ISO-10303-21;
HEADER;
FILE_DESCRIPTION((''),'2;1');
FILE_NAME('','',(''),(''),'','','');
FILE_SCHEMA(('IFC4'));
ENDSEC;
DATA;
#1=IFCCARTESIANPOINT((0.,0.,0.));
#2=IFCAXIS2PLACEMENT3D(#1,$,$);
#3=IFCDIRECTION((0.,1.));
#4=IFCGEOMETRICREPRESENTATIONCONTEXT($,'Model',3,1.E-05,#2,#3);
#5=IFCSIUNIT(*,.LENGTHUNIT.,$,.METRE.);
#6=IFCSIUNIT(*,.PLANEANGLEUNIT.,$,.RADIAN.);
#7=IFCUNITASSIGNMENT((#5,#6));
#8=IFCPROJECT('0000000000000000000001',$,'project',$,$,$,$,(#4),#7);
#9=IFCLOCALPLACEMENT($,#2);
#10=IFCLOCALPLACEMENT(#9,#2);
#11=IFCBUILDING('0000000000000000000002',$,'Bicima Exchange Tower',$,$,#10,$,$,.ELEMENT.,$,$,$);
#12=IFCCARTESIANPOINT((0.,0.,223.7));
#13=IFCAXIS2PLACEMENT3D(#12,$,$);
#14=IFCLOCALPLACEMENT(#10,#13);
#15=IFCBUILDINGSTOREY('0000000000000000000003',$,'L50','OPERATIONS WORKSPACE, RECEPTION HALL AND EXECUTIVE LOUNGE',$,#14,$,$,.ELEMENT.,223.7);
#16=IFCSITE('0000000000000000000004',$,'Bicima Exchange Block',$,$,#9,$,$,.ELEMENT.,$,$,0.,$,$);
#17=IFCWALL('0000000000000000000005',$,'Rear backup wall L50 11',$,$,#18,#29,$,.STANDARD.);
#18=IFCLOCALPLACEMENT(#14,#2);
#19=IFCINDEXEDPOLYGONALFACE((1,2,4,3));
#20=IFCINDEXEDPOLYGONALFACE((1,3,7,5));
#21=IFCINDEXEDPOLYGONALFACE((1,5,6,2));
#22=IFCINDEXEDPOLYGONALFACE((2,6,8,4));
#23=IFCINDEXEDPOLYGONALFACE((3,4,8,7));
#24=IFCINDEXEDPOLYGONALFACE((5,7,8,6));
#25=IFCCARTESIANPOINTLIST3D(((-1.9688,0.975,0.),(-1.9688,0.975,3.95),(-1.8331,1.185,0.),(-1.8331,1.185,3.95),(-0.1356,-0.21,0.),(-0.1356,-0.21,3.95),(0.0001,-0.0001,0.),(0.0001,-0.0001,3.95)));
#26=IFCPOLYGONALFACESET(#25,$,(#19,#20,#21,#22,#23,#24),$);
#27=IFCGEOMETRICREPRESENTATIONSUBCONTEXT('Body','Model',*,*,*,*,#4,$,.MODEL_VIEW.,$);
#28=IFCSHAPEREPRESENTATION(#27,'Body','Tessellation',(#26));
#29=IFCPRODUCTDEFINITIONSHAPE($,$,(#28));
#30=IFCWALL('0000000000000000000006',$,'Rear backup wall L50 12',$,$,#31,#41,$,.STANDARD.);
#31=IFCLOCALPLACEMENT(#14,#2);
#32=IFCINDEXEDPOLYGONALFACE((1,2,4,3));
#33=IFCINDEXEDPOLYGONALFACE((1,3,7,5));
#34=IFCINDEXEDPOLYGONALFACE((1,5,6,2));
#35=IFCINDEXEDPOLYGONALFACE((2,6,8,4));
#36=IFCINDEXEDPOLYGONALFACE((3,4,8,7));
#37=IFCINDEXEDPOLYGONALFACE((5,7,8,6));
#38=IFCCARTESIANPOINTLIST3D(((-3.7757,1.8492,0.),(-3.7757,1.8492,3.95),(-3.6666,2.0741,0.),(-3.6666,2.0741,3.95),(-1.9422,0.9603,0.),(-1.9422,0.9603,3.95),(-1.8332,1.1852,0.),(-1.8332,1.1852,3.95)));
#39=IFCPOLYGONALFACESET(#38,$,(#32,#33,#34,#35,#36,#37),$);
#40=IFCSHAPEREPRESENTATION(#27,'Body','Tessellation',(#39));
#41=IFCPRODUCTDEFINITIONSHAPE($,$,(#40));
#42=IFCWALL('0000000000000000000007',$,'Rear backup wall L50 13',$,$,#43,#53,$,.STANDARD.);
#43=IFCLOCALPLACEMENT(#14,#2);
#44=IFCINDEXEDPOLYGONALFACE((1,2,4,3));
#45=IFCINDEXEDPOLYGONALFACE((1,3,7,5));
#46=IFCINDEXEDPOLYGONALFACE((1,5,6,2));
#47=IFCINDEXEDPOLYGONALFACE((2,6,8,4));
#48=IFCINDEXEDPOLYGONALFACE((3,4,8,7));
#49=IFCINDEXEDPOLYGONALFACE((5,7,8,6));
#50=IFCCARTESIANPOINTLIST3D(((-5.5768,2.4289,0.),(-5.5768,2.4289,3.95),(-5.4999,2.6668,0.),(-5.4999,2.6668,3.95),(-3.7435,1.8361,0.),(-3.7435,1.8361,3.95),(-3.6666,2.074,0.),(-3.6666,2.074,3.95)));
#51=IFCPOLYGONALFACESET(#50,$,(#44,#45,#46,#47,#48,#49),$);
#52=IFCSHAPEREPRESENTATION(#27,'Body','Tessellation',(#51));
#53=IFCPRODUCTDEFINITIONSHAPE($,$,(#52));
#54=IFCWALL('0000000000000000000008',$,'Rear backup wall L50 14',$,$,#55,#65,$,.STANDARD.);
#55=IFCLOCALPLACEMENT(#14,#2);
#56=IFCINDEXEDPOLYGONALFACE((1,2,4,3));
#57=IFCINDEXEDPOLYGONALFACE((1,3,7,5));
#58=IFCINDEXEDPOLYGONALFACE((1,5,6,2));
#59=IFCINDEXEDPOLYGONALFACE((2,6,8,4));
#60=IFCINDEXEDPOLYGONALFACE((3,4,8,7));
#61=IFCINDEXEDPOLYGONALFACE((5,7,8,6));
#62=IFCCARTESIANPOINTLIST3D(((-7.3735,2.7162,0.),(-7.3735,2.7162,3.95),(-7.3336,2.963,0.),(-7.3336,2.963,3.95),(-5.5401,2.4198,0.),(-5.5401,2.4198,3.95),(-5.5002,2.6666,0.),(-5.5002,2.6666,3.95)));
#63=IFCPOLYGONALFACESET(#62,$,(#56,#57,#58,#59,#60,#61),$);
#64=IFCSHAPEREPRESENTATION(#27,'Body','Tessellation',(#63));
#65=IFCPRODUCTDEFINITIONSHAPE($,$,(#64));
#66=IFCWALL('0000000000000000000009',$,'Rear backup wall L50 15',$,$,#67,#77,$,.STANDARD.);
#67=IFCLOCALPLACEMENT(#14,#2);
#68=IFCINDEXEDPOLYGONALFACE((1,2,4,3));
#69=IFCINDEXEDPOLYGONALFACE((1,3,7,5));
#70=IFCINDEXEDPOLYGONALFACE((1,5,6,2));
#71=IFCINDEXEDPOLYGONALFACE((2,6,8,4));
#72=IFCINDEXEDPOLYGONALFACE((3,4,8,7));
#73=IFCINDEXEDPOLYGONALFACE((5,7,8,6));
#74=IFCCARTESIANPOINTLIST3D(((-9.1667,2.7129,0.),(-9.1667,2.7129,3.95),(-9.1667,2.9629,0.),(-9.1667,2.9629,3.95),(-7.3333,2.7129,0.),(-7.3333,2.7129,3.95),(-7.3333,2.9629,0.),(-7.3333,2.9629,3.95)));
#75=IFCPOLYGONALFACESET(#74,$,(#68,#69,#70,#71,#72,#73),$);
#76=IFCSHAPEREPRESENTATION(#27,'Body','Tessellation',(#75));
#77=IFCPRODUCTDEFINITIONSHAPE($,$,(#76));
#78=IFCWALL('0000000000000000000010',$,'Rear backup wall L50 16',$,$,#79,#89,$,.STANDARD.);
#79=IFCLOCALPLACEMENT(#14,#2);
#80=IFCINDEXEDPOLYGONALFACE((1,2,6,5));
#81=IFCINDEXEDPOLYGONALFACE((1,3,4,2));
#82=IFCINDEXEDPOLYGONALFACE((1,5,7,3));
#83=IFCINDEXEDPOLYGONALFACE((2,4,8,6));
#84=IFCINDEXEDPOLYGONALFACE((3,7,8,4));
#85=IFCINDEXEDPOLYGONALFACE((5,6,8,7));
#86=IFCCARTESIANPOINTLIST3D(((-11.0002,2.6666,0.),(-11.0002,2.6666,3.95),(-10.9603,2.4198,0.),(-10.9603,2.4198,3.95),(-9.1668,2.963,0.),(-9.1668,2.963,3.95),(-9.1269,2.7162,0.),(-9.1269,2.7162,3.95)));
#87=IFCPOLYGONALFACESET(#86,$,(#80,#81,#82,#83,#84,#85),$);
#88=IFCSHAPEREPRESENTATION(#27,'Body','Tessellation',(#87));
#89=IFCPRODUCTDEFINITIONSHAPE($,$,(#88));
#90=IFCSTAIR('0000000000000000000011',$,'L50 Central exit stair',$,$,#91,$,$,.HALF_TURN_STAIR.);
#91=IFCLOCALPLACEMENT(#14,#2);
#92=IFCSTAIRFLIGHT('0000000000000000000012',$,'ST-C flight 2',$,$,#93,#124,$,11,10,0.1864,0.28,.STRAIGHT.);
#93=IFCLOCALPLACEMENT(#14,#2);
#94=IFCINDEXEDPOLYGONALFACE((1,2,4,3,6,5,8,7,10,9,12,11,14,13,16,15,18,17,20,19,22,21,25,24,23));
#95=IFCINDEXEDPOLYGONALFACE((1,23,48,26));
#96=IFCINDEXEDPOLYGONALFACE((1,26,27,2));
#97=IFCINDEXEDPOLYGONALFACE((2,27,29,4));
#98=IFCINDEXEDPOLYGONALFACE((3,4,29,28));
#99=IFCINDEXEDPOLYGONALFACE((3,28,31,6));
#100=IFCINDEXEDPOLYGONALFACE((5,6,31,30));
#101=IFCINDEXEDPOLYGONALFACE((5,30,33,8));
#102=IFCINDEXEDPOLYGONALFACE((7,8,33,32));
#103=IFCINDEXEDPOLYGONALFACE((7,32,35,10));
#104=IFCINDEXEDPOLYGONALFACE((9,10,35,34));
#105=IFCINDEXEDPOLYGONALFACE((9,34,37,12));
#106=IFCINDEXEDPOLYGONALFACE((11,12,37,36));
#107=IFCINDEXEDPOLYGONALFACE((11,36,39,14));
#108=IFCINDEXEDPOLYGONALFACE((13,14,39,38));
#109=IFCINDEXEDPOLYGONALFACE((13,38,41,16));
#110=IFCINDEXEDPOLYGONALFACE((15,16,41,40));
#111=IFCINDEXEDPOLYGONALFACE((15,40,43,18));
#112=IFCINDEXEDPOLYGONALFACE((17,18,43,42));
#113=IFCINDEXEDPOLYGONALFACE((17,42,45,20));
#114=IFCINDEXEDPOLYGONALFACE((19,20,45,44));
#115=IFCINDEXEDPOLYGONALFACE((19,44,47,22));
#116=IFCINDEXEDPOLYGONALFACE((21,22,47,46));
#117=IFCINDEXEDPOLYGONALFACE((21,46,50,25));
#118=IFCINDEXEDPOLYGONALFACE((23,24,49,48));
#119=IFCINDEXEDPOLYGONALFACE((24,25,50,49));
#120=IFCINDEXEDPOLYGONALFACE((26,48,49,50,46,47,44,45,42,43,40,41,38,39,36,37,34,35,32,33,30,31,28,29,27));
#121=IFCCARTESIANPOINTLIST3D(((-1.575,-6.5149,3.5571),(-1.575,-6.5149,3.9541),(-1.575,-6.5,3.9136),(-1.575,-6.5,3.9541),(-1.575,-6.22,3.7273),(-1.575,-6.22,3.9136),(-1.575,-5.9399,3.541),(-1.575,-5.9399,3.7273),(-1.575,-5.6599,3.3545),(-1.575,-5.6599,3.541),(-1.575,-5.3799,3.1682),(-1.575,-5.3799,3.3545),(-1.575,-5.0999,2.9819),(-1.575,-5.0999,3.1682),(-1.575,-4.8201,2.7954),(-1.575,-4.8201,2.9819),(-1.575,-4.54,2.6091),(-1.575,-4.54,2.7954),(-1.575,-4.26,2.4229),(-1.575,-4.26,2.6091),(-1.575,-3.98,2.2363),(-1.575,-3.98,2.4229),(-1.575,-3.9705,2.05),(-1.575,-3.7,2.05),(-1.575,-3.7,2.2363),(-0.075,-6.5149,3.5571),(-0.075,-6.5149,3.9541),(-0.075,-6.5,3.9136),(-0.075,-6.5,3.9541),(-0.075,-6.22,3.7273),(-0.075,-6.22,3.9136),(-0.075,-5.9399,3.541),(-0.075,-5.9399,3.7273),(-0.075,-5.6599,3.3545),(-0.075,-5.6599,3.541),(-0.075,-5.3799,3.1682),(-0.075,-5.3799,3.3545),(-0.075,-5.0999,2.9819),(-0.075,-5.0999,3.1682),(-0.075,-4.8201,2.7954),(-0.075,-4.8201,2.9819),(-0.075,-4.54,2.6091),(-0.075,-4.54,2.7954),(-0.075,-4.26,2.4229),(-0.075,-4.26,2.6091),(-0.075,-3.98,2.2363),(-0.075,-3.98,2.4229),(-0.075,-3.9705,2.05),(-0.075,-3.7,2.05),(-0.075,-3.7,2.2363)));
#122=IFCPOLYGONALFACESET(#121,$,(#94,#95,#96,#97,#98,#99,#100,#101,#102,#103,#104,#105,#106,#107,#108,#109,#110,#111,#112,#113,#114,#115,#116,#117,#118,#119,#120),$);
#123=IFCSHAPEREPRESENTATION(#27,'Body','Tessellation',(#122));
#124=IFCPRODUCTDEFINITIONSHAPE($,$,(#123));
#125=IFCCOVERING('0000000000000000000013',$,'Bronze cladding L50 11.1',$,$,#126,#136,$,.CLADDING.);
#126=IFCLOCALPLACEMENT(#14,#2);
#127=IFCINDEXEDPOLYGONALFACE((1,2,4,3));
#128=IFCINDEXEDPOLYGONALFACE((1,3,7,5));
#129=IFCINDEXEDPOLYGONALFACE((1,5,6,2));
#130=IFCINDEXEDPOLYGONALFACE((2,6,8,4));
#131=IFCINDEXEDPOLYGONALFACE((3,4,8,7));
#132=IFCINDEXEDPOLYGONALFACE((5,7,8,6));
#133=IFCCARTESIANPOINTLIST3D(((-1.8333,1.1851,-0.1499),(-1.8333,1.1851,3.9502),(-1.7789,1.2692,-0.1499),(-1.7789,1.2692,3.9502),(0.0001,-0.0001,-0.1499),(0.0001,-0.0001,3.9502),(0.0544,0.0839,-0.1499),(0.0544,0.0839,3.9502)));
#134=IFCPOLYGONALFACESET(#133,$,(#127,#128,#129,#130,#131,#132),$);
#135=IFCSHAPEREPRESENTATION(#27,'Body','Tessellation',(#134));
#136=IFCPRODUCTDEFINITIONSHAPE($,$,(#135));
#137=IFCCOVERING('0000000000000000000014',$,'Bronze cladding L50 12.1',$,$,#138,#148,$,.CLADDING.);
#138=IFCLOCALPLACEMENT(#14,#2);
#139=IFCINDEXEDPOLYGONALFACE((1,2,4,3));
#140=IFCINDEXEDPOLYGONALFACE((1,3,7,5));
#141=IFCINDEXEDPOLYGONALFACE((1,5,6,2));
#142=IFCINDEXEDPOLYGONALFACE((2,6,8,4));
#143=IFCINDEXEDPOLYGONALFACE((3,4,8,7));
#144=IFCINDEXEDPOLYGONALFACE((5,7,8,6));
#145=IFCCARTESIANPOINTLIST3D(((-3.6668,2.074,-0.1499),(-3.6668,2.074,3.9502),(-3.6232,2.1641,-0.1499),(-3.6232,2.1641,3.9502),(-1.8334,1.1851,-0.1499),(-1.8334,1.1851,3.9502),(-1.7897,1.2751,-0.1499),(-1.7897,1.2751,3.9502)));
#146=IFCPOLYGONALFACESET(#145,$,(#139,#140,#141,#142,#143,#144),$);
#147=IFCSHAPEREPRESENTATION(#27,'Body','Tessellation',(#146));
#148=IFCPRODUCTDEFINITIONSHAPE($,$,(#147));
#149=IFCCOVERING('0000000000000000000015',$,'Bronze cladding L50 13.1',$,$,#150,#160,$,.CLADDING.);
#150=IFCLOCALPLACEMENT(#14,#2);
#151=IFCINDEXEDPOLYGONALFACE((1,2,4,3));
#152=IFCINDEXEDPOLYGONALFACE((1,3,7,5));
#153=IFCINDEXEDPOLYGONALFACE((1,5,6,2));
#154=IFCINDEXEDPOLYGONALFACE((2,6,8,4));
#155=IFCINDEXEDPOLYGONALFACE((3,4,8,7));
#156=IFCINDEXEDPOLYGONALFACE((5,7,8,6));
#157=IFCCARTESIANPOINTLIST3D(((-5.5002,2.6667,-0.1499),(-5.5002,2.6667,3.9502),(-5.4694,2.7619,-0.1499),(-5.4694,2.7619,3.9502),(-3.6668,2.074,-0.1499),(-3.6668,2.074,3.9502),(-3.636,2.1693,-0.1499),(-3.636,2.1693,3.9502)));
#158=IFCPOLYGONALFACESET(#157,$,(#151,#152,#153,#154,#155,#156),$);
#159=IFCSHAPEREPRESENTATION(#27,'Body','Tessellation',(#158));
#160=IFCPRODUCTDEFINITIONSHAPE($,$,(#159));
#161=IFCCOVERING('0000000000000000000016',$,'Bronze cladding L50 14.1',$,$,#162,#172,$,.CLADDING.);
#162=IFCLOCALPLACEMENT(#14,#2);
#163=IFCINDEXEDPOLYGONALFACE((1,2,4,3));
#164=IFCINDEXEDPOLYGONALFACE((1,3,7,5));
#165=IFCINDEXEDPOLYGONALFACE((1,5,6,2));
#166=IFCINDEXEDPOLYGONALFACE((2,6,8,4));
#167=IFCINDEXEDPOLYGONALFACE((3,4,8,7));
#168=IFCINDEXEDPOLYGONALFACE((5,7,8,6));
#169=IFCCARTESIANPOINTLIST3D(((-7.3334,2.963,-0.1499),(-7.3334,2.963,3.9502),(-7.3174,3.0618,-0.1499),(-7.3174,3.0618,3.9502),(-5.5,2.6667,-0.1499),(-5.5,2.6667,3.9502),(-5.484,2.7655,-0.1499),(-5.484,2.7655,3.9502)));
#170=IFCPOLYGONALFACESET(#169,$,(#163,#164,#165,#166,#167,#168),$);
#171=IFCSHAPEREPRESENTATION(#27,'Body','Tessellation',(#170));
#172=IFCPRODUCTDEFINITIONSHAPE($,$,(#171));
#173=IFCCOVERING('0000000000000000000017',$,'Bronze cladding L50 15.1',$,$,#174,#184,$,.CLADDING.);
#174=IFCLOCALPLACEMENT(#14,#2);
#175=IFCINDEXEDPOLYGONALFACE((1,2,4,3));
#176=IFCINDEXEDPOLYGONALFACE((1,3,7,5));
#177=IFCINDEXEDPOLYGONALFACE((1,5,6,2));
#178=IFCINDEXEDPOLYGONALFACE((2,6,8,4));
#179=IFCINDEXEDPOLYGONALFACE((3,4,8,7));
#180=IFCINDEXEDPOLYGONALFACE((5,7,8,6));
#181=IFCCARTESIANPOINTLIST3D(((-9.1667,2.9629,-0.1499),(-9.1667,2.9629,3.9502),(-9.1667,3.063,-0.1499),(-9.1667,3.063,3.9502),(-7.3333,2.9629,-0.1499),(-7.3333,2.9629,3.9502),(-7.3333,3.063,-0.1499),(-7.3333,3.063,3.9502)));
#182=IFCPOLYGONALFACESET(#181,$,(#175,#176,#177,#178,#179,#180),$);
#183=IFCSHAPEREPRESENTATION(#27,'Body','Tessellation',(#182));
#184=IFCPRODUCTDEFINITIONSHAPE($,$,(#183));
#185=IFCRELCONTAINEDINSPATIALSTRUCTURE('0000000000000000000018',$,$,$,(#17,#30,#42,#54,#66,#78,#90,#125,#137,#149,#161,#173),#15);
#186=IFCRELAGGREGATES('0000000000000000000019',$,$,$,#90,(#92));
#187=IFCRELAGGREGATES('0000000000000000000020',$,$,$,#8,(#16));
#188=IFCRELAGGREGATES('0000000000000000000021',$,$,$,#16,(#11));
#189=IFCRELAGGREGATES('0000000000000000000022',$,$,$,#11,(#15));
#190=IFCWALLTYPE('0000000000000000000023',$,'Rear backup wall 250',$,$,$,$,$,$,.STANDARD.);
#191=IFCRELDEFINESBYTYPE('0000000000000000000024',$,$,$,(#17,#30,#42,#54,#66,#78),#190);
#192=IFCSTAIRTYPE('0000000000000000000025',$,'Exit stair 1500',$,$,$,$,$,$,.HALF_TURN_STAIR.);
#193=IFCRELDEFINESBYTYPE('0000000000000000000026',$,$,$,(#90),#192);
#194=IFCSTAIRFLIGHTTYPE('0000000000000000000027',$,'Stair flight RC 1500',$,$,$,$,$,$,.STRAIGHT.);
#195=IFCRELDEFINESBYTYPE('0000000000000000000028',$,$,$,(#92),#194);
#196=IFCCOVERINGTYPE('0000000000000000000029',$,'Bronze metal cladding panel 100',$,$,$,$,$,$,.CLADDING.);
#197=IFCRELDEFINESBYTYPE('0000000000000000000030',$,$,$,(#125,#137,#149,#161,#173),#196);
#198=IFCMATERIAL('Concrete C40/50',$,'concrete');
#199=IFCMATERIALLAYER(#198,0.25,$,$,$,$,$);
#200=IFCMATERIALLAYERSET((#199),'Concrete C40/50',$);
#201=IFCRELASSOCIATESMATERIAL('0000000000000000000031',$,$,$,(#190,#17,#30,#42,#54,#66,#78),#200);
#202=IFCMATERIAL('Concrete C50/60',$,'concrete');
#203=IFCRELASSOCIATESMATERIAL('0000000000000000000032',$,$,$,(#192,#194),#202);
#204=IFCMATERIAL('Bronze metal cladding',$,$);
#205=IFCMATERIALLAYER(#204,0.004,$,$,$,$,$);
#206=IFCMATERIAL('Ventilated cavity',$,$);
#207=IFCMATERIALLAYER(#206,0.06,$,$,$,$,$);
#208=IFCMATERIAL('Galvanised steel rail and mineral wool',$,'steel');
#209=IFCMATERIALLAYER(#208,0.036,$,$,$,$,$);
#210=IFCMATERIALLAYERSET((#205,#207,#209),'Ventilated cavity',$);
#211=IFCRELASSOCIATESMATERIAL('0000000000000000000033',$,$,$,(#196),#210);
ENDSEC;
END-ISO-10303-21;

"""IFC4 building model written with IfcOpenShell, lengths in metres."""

from ifc_helpers import new_model, si_unit, direction, frame, frame_2d, origin, origin_2d, place, context, subcontext, project, spatial, polyline, rectangle, outline, extrude, material, layer, layer_set, layer_usage, type_object, element, aggregate, save


model = new_model("IFC4")

# Units and contexts
model_context = context("Model", 3, precision=1e-05, world=origin(), true_north=direction((0.0, 1.0)))
body_context = subcontext(model_context, "Body", "Model", "MODEL_VIEW")
ifc_project = project(units=[si_unit("LENGTHUNIT", "METRE"), si_unit("PLANEANGLEUNIT", "RADIAN")], contexts=[model_context])

# Site, building, storey
site_placement = place(None, origin())
site = spatial("IfcSite", under=ifc_project, at=site_placement, Name="Bicima Exchange Block", CompositionType="ELEMENT", RefElevation=0.0)
building_placement = place(site_placement, origin())
building = spatial("IfcBuilding", under=site, at=building_placement, Name="Bicima Exchange Tower", CompositionType="ELEMENT")
storey_placement = place(building_placement, frame((0.0, 0.0, 223.7)))
storey = spatial("IfcBuildingStorey", under=building, at=storey_placement, Name="L50", Description="OPERATIONS WORKSPACE, RECEPTION HALL AND EXECUTIVE LOUNGE", CompositionType="ELEMENT", Elevation=223.7)

# Shared definitions
ifc_material_1 = material(Name="Concrete C50/60", Category="concrete")

# Walls
ifc_material_2 = material(Name="Concrete C40/50", Category="concrete")
ifc_layer_1 = layer(ifc_material_2, 0.25)
ifc_layer_set_1 = layer_set([ifc_layer_1], Name="Concrete C40/50")
ifc_layer_usage = layer_usage(ifc_layer_set_1, "AXIS2", "POSITIVE", -0.125)
wall_type_1 = type_object("IfcWallType", Name="Rear backup wall 250", PredefinedType="STANDARD", material=ifc_layer_set_1)
wall_1_placement = place(storey_placement, frame((-0.0679, -0.105, 0.0), z_axis=(0.0, 0.0, 1.0), x_axis=(-0.839813, 0.542876, 0.0)))
element("IfcWall", 1, at=wall_1_placement, inside=storey, type_object=wall_type_1, material=ifc_layer_usage, Name="Rear backup wall L50 11", PredefinedType="STANDARD", context=body_context, shape_type="SweptSolid", body=[
    extrude(rectangle(XDim=2.1829, YDim=0.25, at=frame_2d((1.0913, 0.0))), origin(), (0.0, 0.0, 1.0), 3.95),
])
wall_2_placement = place(storey_placement, frame((-1.8877, 1.0728, 0.0), z_axis=(0.0, 0.0, 1.0), x_axis=(-0.899824, 0.436253, 0.0)))
element("IfcWall", 2, at=wall_2_placement, inside=storey, type_object=wall_type_1, material=ifc_layer_usage, Name="Rear backup wall L50 12", PredefinedType="STANDARD", context=body_context, shape_type="SweptSolid", body=[
    extrude(rectangle(XDim=2.0376, YDim=0.25, at=frame_2d((1.0188, 0.0))), origin(), (0.0, 0.0, 1.0), 3.95),
])
wall_3_placement = place(storey_placement, frame((-3.7051, 1.9551, 0.0), z_axis=(0.0, 0.0, 1.0), x_axis=(-0.951496, 0.307662, 0.0)))
element("IfcWall", 3, at=wall_3_placement, inside=storey, type_object=wall_type_1, material=ifc_layer_usage, Name="Rear backup wall L50 13", PredefinedType="STANDARD", context=body_context, shape_type="SweptSolid", body=[
    extrude(rectangle(XDim=1.9268, YDim=0.25, at=frame_2d((0.9634, 0.0))), origin(), (0.0, 0.0, 1.0), 3.95),
])
wall_4_placement = place(storey_placement, frame((-5.52, 2.5432, 0.0), z_axis=(0.0, 0.0, 1.0), x_axis=(-0.987182, 0.1596, 0.0)))
element("IfcWall", 4, at=wall_4_placement, inside=storey, type_object=wall_type_1, material=ifc_layer_usage, Name="Rear backup wall L50 14", PredefinedType="STANDARD", context=body_context, shape_type="SweptSolid", body=[
    extrude(rectangle(XDim=1.8572, YDim=0.25, at=frame_2d((0.9287, 0.0))), origin(), (0.0, 0.0, 1.0), 3.95),
])
wall_5_placement = place(storey_placement, frame((-7.3333, 2.8379, 0.0), z_axis=(0.0, 0.0, 1.0), x_axis=(-1.0, 0.0, 0.0)))
element("IfcWall", 5, at=wall_5_placement, inside=storey, type_object=wall_type_1, material=ifc_layer_usage, Name="Rear backup wall L50 15", PredefinedType="STANDARD", context=body_context, shape_type="SweptSolid", body=[
    extrude(rectangle(XDim=1.8335, YDim=0.25, at=frame_2d((0.9167, 0.0))), origin(), (0.0, 0.0, 1.0), 3.95),
])
wall_6_placement = place(storey_placement, frame((-9.1467, 2.8396, 0.0), z_axis=(0.0, 0.0, 1.0), x_axis=(-0.987182, -0.1596, 0.0)))
element("IfcWall", 6, at=wall_6_placement, inside=storey, type_object=wall_type_1, material=ifc_layer_usage, Name="Rear backup wall L50 16", PredefinedType="STANDARD", context=body_context, shape_type="SweptSolid", body=[
    extrude(rectangle(XDim=1.8572, YDim=0.25, at=frame_2d((0.9287, 0.0))), origin(), (0.0, 0.0, 1.0), 3.95),
])

# Stair, stair flight
stair_type = type_object("IfcStairType", Name="Exit stair 1500", PredefinedType="HALF_TURN_STAIR", material=ifc_material_1)
stair_placement = place(storey_placement, origin())
stair = element("IfcStair", 7, at=stair_placement, inside=storey, type_object=stair_type, Name="L50 Central exit stair", PredefinedType="HALF_TURN_STAIR")
stair_flight_type = type_object("IfcStairFlightType", Name="Stair flight RC 1500", PredefinedType="STRAIGHT", material=ifc_material_1)
stair_flight_placement = place(storey_placement, frame((-0.825, -3.7, 2.05), z_axis=(0.0, 0.0, 1.0), x_axis=(0.0, -1.0, 0.0)))
stair_flight = element("IfcStairFlight", 8, at=stair_flight_placement, type_object=stair_flight_type, Name="ST-C flight 2", NumberOfRisers=11, NumberOfTreads=10, PredefinedType="STRAIGHT", RiserHeight=0.1864, TreadLength=0.28, context=body_context, shape_type="SweptSolid", body=[
    extrude(outline(polyline([(0.0, 0.0), (0.0, 0.1863), (0.28, 0.1863), (0.28, 0.3728), (0.5601, 0.3728), (0.5601, 0.5591), (0.8401, 0.5591), (0.8401, 0.7454), (1.1201, 0.7454), (1.1201, 0.9319), (1.3999, 0.9319), (1.3999, 1.1182), (1.6799, 1.1182), (1.6799, 1.3044), (1.96, 1.3044), (1.96, 1.491), (2.24, 1.491), (2.24, 1.6772), (2.52, 1.6772), (2.52, 1.8635), (2.8, 1.8635), (2.8, 1.9041), (2.8149, 1.9041), (2.8149, 1.5071), (0.2705, 0.0), (0.0, 0.0)])), frame((0.0, 0.75, 0.0), z_axis=(0.0, -1.0, 0.0), x_axis=(1.0, 0.0, 0.0)), (0.0, 0.0, 1.0), 1.5),
])
aggregate(stair, [stair_flight])

# Coverings
ifc_material_3 = material(Name="Bronze metal cladding")
ifc_layer_2 = layer(ifc_material_3, 0.004)
ifc_material_4 = material(Name="Ventilated cavity")
ifc_layer_3 = layer(ifc_material_4, 0.06)
ifc_material_5 = material(Name="Galvanised steel rail and mineral wool", Category="steel")
ifc_layer_4 = layer(ifc_material_5, 0.036)
ifc_layer_set_2 = layer_set([ifc_layer_2, ifc_layer_3, ifc_layer_4], Name="Ventilated cavity")
covering_type = type_object("IfcCoveringType", Name="Bronze metal cladding panel 100", PredefinedType="CLADDING", material=ifc_layer_set_2)
covering_1_placement = place(storey_placement, frame((-0.8894, 0.6345, -0.1499), z_axis=(0.0, 0.0, 1.0), x_axis=(-0.83979, 0.542911, 0.0)))
element("IfcCovering", 9, at=covering_1_placement, inside=storey, type_object=covering_type, Name="Bronze cladding L50 11.1", PredefinedType="CLADDING", context=body_context, shape_type="SweptSolid", body=[
    extrude(rectangle(XDim=2.1831, YDim=0.1001, at=origin_2d()), origin(), (0.0, 0.0, 1.0), 4.1001),
])
covering_2_placement = place(storey_placement, frame((-2.7283, 1.6746, -0.1499), z_axis=(0.0, 0.0, 1.0), x_axis=(-0.899818, 0.436265, 0.0)))
element("IfcCovering", 10, at=covering_2_placement, inside=storey, type_object=covering_type, Name="Bronze cladding L50 12.1", PredefinedType="CLADDING", context=body_context, shape_type="SweptSolid", body=[
    extrude(rectangle(XDim=2.0376, YDim=0.1001, at=origin_2d()), origin(), (0.0, 0.0, 1.0), 4.1001),
])
covering_3_placement = place(storey_placement, frame((-4.5681, 2.418, -0.1499), z_axis=(0.0, 0.0, 1.0), x_axis=(-0.951525, 0.307573, 0.0)))
element("IfcCovering", 11, at=covering_3_placement, inside=storey, type_object=covering_type, Name="Bronze cladding L50 13.1", PredefinedType="CLADDING", context=body_context, shape_type="SweptSolid", body=[
    extrude(rectangle(XDim=1.9268, YDim=0.1001, at=origin_2d()), origin(), (0.0, 0.0, 1.0), 4.1001),
])
covering_4_placement = place(storey_placement, frame((-6.4087, 2.8643, -0.1499), z_axis=(0.0, 0.0, 1.0), x_axis=(-0.98719, 0.15955, 0.0)))
element("IfcCovering", 12, at=covering_4_placement, inside=storey, type_object=covering_type, Name="Bronze cladding L50 14.1", PredefinedType="CLADDING", context=body_context, shape_type="SweptSolid", body=[
    extrude(rectangle(XDim=1.8572, YDim=0.1001, at=origin_2d()), origin(), (0.0, 0.0, 1.0), 4.1001),
])
covering_5_placement = place(storey_placement, frame((-8.25, 3.0129, -0.1499), z_axis=(0.0, 0.0, 1.0), x_axis=(-1.0, 0.0, 0.0)))
element("IfcCovering", 13, at=covering_5_placement, inside=storey, type_object=covering_type, Name="Bronze cladding L50 15.1", PredefinedType="CLADDING", context=body_context, shape_type="SweptSolid", body=[
    extrude(rectangle(XDim=1.8335, YDim=0.1001, at=origin_2d()), origin(), (0.0, 0.0, 1.0), 4.1001),
])

save(model, "model.ifc")
